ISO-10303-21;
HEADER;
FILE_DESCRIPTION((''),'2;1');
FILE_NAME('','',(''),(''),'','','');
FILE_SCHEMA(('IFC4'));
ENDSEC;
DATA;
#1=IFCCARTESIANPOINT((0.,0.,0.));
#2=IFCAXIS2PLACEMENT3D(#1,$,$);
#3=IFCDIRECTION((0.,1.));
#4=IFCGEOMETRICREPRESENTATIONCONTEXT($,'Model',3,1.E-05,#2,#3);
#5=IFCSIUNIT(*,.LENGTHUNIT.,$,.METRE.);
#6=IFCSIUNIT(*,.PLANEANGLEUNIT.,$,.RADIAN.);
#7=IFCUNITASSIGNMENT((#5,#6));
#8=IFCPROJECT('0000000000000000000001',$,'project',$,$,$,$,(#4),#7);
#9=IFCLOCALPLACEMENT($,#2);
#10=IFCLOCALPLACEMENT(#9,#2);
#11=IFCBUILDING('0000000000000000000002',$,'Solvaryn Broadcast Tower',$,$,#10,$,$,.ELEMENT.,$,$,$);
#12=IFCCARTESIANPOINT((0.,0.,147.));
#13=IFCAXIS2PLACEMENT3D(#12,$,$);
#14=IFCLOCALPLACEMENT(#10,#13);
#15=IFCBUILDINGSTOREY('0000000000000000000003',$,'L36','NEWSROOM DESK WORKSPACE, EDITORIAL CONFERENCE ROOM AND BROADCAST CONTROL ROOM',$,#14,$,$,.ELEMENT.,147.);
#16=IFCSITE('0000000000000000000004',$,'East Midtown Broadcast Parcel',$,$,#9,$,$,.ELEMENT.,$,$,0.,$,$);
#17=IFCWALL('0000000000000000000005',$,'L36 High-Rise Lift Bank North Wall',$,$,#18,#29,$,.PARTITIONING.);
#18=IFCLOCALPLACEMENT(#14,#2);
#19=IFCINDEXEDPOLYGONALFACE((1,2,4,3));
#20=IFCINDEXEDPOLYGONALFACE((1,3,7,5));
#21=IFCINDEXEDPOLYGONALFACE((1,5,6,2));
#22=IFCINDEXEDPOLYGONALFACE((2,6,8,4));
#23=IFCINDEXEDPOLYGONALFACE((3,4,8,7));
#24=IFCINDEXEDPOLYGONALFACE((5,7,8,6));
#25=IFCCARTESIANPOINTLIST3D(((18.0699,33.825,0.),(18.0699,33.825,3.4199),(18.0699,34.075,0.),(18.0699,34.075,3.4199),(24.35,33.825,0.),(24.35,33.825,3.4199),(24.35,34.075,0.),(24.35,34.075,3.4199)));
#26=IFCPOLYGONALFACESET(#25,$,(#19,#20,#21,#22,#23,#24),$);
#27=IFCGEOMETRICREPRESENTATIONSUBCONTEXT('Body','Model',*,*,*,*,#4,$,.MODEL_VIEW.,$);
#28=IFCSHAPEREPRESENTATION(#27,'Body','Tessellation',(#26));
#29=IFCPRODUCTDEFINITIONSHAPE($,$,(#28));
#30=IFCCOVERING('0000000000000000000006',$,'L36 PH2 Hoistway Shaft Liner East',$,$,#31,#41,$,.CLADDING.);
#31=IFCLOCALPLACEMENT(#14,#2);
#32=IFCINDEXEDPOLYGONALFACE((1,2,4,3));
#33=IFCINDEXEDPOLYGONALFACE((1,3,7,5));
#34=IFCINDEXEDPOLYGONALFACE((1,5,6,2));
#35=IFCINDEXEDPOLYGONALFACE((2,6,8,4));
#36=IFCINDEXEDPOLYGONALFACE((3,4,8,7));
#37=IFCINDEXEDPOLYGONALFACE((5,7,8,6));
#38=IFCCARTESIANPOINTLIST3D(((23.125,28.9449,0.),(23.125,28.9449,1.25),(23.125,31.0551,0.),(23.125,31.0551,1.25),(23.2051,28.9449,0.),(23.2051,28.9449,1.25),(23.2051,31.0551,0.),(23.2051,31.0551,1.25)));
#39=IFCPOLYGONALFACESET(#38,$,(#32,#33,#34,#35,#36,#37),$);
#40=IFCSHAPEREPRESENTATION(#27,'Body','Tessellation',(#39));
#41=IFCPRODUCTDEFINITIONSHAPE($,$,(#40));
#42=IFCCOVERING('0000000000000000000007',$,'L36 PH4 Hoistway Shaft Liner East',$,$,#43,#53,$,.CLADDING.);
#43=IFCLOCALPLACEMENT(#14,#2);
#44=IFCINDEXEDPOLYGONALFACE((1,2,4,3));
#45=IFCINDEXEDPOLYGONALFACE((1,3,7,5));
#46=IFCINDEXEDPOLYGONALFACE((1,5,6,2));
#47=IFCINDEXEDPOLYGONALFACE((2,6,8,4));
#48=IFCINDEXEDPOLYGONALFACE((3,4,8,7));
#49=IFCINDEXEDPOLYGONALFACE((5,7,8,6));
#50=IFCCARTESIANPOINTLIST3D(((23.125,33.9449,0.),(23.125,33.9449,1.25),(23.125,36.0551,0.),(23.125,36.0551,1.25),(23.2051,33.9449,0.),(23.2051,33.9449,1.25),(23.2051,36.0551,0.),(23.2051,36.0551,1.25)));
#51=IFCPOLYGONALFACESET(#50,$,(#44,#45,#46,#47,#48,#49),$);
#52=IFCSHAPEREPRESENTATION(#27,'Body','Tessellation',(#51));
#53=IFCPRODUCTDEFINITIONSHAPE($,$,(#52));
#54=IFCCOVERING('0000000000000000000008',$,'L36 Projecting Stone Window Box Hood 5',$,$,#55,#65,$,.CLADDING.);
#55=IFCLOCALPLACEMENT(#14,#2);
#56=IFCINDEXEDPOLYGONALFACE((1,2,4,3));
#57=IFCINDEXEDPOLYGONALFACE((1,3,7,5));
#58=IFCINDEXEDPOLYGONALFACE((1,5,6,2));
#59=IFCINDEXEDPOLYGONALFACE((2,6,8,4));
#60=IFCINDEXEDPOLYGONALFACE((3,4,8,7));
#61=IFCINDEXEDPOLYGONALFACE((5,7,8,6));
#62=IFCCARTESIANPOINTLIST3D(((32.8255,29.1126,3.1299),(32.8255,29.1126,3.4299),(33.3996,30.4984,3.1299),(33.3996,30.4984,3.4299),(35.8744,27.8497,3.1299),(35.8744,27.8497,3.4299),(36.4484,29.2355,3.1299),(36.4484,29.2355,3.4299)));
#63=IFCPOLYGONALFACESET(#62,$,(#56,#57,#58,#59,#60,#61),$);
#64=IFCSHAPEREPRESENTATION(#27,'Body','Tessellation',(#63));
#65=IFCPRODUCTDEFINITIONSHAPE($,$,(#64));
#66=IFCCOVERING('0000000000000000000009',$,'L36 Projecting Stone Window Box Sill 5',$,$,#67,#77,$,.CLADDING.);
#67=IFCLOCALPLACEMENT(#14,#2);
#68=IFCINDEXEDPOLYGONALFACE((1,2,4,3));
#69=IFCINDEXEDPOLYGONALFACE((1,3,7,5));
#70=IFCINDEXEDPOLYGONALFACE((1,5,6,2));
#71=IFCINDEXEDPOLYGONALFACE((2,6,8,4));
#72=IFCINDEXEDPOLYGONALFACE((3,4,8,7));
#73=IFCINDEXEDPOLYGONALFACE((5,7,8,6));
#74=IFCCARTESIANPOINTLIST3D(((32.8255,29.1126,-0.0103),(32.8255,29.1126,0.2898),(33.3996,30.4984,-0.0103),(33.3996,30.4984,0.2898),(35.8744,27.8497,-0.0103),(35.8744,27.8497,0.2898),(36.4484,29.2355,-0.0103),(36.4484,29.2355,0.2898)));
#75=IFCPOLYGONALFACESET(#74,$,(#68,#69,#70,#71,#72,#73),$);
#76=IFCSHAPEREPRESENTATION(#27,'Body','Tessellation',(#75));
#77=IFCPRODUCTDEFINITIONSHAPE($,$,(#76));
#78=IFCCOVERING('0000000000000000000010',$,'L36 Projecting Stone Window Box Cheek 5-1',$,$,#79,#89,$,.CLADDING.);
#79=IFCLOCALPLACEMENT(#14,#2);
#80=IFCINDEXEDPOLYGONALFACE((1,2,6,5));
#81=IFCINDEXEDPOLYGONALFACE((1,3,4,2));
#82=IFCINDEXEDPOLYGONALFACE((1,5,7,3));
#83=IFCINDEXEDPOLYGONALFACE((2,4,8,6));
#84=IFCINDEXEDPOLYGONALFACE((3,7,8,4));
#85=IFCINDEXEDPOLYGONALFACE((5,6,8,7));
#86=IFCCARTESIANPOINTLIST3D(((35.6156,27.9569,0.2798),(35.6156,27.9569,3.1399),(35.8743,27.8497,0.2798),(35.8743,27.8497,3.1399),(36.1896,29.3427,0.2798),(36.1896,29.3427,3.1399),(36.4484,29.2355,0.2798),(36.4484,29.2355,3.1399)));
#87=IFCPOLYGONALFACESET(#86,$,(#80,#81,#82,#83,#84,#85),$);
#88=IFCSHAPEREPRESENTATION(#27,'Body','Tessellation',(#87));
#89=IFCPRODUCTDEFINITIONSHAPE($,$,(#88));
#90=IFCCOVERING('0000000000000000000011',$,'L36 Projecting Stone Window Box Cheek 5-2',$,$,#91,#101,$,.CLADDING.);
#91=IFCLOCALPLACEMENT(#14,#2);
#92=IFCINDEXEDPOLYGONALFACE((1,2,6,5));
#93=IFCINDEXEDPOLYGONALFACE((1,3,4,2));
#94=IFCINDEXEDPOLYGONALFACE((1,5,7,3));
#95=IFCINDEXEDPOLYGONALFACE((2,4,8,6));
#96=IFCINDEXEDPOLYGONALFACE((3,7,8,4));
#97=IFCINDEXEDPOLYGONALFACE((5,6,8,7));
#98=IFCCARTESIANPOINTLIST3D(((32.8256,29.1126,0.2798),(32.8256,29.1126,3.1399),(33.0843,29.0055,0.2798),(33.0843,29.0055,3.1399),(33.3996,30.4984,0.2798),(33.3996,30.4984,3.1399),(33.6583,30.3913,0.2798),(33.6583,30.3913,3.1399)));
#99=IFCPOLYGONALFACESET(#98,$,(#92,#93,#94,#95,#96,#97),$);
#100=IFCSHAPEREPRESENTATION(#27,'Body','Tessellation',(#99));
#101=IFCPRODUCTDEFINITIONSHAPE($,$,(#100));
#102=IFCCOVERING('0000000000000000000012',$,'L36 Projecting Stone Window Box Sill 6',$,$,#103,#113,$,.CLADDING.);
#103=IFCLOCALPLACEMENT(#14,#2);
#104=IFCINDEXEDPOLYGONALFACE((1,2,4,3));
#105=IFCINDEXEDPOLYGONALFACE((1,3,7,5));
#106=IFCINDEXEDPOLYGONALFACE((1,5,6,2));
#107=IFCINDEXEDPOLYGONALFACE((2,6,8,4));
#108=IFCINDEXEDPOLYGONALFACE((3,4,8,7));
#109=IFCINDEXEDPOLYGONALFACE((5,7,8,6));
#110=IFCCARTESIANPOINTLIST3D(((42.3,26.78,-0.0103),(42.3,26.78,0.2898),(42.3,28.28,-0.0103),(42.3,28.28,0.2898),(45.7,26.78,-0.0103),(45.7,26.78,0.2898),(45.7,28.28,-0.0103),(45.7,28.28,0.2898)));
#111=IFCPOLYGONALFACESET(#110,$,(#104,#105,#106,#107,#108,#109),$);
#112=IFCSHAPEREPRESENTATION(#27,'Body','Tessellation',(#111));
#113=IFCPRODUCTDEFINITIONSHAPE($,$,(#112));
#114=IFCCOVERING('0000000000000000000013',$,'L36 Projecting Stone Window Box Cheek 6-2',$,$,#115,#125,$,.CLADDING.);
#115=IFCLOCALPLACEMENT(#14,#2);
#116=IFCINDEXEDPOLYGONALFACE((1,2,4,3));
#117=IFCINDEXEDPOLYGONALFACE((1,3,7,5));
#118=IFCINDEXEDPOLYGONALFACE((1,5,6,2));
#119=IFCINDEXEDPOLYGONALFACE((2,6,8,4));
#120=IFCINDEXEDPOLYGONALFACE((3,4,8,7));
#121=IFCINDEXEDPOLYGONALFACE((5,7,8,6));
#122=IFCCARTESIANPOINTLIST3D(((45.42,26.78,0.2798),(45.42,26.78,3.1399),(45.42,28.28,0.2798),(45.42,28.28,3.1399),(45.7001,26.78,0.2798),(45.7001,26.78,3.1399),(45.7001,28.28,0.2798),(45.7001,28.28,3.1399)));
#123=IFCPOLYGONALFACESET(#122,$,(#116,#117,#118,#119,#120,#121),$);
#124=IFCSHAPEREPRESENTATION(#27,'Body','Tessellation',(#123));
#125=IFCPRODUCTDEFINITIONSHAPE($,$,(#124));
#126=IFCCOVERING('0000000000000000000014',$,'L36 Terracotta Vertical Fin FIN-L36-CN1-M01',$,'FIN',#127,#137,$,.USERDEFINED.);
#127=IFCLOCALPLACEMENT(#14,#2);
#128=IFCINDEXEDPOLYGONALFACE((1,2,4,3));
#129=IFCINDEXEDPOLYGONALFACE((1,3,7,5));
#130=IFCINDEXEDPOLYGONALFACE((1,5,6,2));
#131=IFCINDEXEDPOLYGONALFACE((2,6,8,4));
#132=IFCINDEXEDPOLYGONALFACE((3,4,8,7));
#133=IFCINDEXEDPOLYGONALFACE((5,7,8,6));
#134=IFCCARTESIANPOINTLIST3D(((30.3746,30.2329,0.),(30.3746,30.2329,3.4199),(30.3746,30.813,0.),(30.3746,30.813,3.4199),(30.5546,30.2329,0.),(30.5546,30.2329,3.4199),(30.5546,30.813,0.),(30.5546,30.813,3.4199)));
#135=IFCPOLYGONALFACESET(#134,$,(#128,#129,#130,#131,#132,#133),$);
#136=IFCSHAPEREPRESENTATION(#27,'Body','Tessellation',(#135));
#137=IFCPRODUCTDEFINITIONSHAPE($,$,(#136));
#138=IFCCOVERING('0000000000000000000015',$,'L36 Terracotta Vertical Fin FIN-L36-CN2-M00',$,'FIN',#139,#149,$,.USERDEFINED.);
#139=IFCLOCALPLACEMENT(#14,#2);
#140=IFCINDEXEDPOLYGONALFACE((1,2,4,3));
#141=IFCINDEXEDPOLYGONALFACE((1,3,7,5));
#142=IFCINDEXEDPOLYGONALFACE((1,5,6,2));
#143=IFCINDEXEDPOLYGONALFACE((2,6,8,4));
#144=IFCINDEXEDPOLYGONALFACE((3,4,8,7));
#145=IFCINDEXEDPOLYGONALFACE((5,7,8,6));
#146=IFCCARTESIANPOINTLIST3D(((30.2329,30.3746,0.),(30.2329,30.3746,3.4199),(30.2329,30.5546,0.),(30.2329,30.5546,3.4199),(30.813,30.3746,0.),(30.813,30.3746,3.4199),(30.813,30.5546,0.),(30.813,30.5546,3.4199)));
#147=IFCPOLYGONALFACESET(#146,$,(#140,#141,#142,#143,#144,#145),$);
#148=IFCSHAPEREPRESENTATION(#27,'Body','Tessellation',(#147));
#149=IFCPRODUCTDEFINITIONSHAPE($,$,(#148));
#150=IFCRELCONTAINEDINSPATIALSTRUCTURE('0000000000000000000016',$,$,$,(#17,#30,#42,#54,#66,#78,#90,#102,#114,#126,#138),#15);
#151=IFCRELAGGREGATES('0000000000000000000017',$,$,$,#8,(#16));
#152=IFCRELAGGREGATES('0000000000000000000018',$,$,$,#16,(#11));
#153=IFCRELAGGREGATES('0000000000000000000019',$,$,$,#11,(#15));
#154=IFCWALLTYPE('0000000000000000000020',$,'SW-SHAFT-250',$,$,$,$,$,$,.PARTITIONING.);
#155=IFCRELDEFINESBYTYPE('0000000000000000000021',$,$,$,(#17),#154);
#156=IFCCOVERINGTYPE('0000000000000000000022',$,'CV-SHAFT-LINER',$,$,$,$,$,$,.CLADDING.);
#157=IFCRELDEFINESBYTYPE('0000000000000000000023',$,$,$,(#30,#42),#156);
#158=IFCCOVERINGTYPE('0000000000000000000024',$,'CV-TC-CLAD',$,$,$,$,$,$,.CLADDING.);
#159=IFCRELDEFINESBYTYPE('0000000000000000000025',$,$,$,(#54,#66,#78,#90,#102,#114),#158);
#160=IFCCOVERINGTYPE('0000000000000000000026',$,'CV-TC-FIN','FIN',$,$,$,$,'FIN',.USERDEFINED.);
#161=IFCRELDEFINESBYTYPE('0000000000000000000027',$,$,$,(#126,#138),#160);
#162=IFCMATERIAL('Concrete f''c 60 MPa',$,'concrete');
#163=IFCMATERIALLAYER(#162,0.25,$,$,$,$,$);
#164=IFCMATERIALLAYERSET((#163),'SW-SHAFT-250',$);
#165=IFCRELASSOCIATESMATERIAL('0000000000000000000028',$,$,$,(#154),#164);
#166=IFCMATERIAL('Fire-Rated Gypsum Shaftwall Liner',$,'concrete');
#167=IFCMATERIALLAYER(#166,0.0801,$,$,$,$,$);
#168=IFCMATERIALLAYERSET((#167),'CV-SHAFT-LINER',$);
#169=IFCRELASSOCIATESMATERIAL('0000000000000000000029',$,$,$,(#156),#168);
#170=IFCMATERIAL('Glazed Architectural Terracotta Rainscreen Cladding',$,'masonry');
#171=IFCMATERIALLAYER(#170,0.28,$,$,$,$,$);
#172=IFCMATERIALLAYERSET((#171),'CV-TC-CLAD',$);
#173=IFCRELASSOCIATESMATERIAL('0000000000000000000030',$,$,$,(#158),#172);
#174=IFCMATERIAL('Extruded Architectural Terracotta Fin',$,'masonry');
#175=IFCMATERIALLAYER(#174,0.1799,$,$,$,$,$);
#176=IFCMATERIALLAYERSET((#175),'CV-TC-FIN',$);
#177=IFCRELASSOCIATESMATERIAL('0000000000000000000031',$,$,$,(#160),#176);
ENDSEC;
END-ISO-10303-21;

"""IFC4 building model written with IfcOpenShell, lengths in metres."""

from ifc_helpers import new_model, si_unit, direction, frame, frame_2d, origin, origin_2d, place, context, subcontext, project, spatial, rectangle, extrude, material, layer, layer_set, type_object, element, save


model = new_model("IFC4")

# Units and contexts
model_context = context("Model", 3, precision=1e-05, world=origin(), true_north=direction((0.0, 1.0)))
body_context = subcontext(model_context, "Body", "Model", "MODEL_VIEW")
ifc_project = project(units=[si_unit("LENGTHUNIT", "METRE"), si_unit("PLANEANGLEUNIT", "RADIAN")], contexts=[model_context])

# Site, building, storey
site_placement = place(None, origin())
site = spatial("IfcSite", under=ifc_project, at=site_placement, Name="East Midtown Broadcast Parcel", CompositionType="ELEMENT", RefElevation=0.0)
building_placement = place(site_placement, origin())
building = spatial("IfcBuilding", under=site, at=building_placement, Name="Solvaryn Broadcast Tower", CompositionType="ELEMENT")
storey_placement = place(building_placement, frame((0.0, 0.0, 147.0)))
storey = spatial("IfcBuildingStorey", under=building, at=storey_placement, Name="L36", Description="NEWSROOM DESK WORKSPACE, EDITORIAL CONFERENCE ROOM AND BROADCAST CONTROL ROOM", CompositionType="ELEMENT", Elevation=147.0)

# Wall
ifc_material_1 = material(Name="Concrete f'c 60 MPa", Category="concrete")
ifc_layer_1 = layer(ifc_material_1, 0.25)
ifc_layer_set_1 = layer_set([ifc_layer_1], Name="SW-SHAFT-250")
wall_type_1 = type_object("IfcWallType", Name="SW-SHAFT-250", PredefinedType="PARTITIONING", material=ifc_layer_set_1)
wall_1_placement = place(storey_placement, frame((24.3501, 33.95, 0.0), z_axis=(0.0, 0.0, 1.0), x_axis=(-1.0, 0.0, 0.0)))
element("IfcWall", 1, at=wall_1_placement, inside=storey, type_object=wall_type_1, Name="L36 High-Rise Lift Bank North Wall", PredefinedType="PARTITIONING", context=body_context, shape_type="SweptSolid", body=[
    extrude(rectangle(XDim=6.28, YDim=0.25, at=frame_2d((3.1401, 0.0))), origin(), (0.0, 0.0, 1.0), 3.4199),
])

# Coverings
ifc_material_2 = material(Name="Fire-Rated Gypsum Shaftwall Liner", Category="concrete")
ifc_layer_2 = layer(ifc_material_2, 0.0801)
ifc_layer_set_2 = layer_set([ifc_layer_2], Name="CV-SHAFT-LINER")
covering_type_1 = type_object("IfcCoveringType", Name="CV-SHAFT-LINER", PredefinedType="CLADDING", material=ifc_layer_set_2)
for number, where, z_axis, x_axis, name in (
    (2, (23.165, 30.0, 0.0), (0.0, 0.0, 1.0), (1.0, 0.0, 0.0), "L36 PH2 Hoistway Shaft Liner East"),
    (3, (23.165, 35.0, 0.0), (0.0, 0.0, 1.0), (1.0, 0.0, 0.0), "L36 PH4 Hoistway Shaft Liner East"),
):
    element("IfcCovering", number, at=place(storey_placement, frame(where, z_axis=z_axis, x_axis=x_axis)), inside=storey, type_object=covering_type_1, Name=name, PredefinedType="CLADDING", context=body_context, shape_type="SweptSolid", body=[
        extrude(rectangle(XDim=0.0801, YDim=2.1101, at=origin_2d()), origin(), (0.0, 0.0, 1.0), 1.25),
    ])
ifc_material_3 = material(Name="Glazed Architectural Terracotta Rainscreen Cladding", Category="masonry")
ifc_layer_3 = layer(ifc_material_3, 0.28)
ifc_layer_set_3 = layer_set([ifc_layer_3], Name="CV-TC-CLAD")
covering_type_2 = type_object("IfcCoveringType", Name="CV-TC-CLAD", PredefinedType="CLADDING", material=ifc_layer_set_3)
for number, where, z_axis, x_axis, name in (
    (4, (34.637, 29.1741, 3.1299), (0.0, 0.0, 1.0), (-0.92388, 0.382683, 0.0), "L36 Projecting Stone Window Box Hood 5"),
    (5, (34.637, 29.1741, -0.0103), (0.0, 0.0, 1.0), (-0.92388, 0.382683, 0.0), "L36 Projecting Stone Window Box Sill 5"),
):
    element("IfcCovering", number, at=place(storey_placement, frame(where, z_axis=z_axis, x_axis=x_axis)), inside=storey, type_object=covering_type_2, Name=name, PredefinedType="CLADDING", context=body_context, shape_type="SweptSolid", body=[
        extrude(rectangle(XDim=3.3, YDim=1.5, at=origin_2d()), origin(), (0.0, 0.0, 1.0), 0.3),
    ])
for number, where, z_axis, x_axis, name in (
    (6, (36.032, 28.5962, 0.2798), (0.0, 0.0, 1.0), (-0.92388, 0.382683, 0.0), "L36 Projecting Stone Window Box Cheek 5-1"),
    (7, (33.2419, 29.752, 0.2798), (0.0, 0.0, 1.0), (-0.92388, 0.382683, 0.0), "L36 Projecting Stone Window Box Cheek 5-2"),
):
    element("IfcCovering", number, at=place(storey_placement, frame(where, z_axis=z_axis, x_axis=x_axis)), inside=storey, type_object=covering_type_2, Name=name, PredefinedType="CLADDING", context=body_context, shape_type="SweptSolid", body=[
        extrude(rectangle(XDim=0.28, YDim=1.5, at=origin_2d()), origin(), (0.0, 0.0, 1.0), 2.8601),
    ])
covering_1_placement = place(storey_placement, frame((44.0, 27.53, -0.0103), z_axis=(0.0, 0.0, 1.0), x_axis=(1.0, 0.0, 0.0)))
element("IfcCovering", 8, at=covering_1_placement, inside=storey, type_object=covering_type_2, Name="L36 Projecting Stone Window Box Sill 6", PredefinedType="CLADDING", context=body_context, shape_type="SweptSolid", body=[
    extrude(rectangle(XDim=3.3999, YDim=1.5, at=origin_2d()), origin(), (0.0, 0.0, 1.0), 0.3),
])
covering_2_placement = place(storey_placement, frame((45.5601, 27.53, 0.2798), z_axis=(0.0, 0.0, 1.0), x_axis=(1.0, 0.0, 0.0)))
element("IfcCovering", 9, at=covering_2_placement, inside=storey, type_object=covering_type_2, Name="L36 Projecting Stone Window Box Cheek 6-2", PredefinedType="CLADDING", context=body_context, shape_type="SweptSolid", body=[
    extrude(rectangle(XDim=0.28, YDim=1.5, at=origin_2d()), origin(), (0.0, 0.0, 1.0), 2.8601),
])
ifc_material_4 = material(Name="Extruded Architectural Terracotta Fin", Category="masonry")
ifc_layer_4 = layer(ifc_material_4, 0.1799)
ifc_layer_set_4 = layer_set([ifc_layer_4], Name="CV-TC-FIN")
covering_type_3 = type_object("IfcCoveringType", Name="CV-TC-FIN", Description="FIN", ElementType="FIN", PredefinedType="USERDEFINED", material=ifc_layer_set_4)
covering_3_placement = place(storey_placement, frame((30.4646, 30.5229, 0.0), z_axis=(0.0, 0.0, 1.0), x_axis=(1.0, 0.0, 0.0)))
element("IfcCovering", 10, at=covering_3_placement, inside=storey, type_object=covering_type_3, Name="L36 Terracotta Vertical Fin FIN-L36-CN1-M01", ObjectType="FIN", PredefinedType="USERDEFINED", context=body_context, shape_type="SweptSolid", body=[
    extrude(rectangle(XDim=0.1799, YDim=0.5801, at=origin_2d()), origin(), (0.0, 0.0, 1.0), 3.4199),
])
covering_4_placement = place(storey_placement, frame((30.5229, 30.4646, 0.0), z_axis=(0.0, 0.0, 1.0), x_axis=(1.0, 0.0, 0.0)))
element("IfcCovering", 11, at=covering_4_placement, inside=storey, type_object=covering_type_3, Name="L36 Terracotta Vertical Fin FIN-L36-CN2-M00", ObjectType="FIN", PredefinedType="USERDEFINED", context=body_context, shape_type="SweptSolid", body=[
    extrude(rectangle(XDim=0.5801, YDim=0.1799, at=origin_2d()), origin(), (0.0, 0.0, 1.0), 3.4199),
])

save(model, "model.ifc")
